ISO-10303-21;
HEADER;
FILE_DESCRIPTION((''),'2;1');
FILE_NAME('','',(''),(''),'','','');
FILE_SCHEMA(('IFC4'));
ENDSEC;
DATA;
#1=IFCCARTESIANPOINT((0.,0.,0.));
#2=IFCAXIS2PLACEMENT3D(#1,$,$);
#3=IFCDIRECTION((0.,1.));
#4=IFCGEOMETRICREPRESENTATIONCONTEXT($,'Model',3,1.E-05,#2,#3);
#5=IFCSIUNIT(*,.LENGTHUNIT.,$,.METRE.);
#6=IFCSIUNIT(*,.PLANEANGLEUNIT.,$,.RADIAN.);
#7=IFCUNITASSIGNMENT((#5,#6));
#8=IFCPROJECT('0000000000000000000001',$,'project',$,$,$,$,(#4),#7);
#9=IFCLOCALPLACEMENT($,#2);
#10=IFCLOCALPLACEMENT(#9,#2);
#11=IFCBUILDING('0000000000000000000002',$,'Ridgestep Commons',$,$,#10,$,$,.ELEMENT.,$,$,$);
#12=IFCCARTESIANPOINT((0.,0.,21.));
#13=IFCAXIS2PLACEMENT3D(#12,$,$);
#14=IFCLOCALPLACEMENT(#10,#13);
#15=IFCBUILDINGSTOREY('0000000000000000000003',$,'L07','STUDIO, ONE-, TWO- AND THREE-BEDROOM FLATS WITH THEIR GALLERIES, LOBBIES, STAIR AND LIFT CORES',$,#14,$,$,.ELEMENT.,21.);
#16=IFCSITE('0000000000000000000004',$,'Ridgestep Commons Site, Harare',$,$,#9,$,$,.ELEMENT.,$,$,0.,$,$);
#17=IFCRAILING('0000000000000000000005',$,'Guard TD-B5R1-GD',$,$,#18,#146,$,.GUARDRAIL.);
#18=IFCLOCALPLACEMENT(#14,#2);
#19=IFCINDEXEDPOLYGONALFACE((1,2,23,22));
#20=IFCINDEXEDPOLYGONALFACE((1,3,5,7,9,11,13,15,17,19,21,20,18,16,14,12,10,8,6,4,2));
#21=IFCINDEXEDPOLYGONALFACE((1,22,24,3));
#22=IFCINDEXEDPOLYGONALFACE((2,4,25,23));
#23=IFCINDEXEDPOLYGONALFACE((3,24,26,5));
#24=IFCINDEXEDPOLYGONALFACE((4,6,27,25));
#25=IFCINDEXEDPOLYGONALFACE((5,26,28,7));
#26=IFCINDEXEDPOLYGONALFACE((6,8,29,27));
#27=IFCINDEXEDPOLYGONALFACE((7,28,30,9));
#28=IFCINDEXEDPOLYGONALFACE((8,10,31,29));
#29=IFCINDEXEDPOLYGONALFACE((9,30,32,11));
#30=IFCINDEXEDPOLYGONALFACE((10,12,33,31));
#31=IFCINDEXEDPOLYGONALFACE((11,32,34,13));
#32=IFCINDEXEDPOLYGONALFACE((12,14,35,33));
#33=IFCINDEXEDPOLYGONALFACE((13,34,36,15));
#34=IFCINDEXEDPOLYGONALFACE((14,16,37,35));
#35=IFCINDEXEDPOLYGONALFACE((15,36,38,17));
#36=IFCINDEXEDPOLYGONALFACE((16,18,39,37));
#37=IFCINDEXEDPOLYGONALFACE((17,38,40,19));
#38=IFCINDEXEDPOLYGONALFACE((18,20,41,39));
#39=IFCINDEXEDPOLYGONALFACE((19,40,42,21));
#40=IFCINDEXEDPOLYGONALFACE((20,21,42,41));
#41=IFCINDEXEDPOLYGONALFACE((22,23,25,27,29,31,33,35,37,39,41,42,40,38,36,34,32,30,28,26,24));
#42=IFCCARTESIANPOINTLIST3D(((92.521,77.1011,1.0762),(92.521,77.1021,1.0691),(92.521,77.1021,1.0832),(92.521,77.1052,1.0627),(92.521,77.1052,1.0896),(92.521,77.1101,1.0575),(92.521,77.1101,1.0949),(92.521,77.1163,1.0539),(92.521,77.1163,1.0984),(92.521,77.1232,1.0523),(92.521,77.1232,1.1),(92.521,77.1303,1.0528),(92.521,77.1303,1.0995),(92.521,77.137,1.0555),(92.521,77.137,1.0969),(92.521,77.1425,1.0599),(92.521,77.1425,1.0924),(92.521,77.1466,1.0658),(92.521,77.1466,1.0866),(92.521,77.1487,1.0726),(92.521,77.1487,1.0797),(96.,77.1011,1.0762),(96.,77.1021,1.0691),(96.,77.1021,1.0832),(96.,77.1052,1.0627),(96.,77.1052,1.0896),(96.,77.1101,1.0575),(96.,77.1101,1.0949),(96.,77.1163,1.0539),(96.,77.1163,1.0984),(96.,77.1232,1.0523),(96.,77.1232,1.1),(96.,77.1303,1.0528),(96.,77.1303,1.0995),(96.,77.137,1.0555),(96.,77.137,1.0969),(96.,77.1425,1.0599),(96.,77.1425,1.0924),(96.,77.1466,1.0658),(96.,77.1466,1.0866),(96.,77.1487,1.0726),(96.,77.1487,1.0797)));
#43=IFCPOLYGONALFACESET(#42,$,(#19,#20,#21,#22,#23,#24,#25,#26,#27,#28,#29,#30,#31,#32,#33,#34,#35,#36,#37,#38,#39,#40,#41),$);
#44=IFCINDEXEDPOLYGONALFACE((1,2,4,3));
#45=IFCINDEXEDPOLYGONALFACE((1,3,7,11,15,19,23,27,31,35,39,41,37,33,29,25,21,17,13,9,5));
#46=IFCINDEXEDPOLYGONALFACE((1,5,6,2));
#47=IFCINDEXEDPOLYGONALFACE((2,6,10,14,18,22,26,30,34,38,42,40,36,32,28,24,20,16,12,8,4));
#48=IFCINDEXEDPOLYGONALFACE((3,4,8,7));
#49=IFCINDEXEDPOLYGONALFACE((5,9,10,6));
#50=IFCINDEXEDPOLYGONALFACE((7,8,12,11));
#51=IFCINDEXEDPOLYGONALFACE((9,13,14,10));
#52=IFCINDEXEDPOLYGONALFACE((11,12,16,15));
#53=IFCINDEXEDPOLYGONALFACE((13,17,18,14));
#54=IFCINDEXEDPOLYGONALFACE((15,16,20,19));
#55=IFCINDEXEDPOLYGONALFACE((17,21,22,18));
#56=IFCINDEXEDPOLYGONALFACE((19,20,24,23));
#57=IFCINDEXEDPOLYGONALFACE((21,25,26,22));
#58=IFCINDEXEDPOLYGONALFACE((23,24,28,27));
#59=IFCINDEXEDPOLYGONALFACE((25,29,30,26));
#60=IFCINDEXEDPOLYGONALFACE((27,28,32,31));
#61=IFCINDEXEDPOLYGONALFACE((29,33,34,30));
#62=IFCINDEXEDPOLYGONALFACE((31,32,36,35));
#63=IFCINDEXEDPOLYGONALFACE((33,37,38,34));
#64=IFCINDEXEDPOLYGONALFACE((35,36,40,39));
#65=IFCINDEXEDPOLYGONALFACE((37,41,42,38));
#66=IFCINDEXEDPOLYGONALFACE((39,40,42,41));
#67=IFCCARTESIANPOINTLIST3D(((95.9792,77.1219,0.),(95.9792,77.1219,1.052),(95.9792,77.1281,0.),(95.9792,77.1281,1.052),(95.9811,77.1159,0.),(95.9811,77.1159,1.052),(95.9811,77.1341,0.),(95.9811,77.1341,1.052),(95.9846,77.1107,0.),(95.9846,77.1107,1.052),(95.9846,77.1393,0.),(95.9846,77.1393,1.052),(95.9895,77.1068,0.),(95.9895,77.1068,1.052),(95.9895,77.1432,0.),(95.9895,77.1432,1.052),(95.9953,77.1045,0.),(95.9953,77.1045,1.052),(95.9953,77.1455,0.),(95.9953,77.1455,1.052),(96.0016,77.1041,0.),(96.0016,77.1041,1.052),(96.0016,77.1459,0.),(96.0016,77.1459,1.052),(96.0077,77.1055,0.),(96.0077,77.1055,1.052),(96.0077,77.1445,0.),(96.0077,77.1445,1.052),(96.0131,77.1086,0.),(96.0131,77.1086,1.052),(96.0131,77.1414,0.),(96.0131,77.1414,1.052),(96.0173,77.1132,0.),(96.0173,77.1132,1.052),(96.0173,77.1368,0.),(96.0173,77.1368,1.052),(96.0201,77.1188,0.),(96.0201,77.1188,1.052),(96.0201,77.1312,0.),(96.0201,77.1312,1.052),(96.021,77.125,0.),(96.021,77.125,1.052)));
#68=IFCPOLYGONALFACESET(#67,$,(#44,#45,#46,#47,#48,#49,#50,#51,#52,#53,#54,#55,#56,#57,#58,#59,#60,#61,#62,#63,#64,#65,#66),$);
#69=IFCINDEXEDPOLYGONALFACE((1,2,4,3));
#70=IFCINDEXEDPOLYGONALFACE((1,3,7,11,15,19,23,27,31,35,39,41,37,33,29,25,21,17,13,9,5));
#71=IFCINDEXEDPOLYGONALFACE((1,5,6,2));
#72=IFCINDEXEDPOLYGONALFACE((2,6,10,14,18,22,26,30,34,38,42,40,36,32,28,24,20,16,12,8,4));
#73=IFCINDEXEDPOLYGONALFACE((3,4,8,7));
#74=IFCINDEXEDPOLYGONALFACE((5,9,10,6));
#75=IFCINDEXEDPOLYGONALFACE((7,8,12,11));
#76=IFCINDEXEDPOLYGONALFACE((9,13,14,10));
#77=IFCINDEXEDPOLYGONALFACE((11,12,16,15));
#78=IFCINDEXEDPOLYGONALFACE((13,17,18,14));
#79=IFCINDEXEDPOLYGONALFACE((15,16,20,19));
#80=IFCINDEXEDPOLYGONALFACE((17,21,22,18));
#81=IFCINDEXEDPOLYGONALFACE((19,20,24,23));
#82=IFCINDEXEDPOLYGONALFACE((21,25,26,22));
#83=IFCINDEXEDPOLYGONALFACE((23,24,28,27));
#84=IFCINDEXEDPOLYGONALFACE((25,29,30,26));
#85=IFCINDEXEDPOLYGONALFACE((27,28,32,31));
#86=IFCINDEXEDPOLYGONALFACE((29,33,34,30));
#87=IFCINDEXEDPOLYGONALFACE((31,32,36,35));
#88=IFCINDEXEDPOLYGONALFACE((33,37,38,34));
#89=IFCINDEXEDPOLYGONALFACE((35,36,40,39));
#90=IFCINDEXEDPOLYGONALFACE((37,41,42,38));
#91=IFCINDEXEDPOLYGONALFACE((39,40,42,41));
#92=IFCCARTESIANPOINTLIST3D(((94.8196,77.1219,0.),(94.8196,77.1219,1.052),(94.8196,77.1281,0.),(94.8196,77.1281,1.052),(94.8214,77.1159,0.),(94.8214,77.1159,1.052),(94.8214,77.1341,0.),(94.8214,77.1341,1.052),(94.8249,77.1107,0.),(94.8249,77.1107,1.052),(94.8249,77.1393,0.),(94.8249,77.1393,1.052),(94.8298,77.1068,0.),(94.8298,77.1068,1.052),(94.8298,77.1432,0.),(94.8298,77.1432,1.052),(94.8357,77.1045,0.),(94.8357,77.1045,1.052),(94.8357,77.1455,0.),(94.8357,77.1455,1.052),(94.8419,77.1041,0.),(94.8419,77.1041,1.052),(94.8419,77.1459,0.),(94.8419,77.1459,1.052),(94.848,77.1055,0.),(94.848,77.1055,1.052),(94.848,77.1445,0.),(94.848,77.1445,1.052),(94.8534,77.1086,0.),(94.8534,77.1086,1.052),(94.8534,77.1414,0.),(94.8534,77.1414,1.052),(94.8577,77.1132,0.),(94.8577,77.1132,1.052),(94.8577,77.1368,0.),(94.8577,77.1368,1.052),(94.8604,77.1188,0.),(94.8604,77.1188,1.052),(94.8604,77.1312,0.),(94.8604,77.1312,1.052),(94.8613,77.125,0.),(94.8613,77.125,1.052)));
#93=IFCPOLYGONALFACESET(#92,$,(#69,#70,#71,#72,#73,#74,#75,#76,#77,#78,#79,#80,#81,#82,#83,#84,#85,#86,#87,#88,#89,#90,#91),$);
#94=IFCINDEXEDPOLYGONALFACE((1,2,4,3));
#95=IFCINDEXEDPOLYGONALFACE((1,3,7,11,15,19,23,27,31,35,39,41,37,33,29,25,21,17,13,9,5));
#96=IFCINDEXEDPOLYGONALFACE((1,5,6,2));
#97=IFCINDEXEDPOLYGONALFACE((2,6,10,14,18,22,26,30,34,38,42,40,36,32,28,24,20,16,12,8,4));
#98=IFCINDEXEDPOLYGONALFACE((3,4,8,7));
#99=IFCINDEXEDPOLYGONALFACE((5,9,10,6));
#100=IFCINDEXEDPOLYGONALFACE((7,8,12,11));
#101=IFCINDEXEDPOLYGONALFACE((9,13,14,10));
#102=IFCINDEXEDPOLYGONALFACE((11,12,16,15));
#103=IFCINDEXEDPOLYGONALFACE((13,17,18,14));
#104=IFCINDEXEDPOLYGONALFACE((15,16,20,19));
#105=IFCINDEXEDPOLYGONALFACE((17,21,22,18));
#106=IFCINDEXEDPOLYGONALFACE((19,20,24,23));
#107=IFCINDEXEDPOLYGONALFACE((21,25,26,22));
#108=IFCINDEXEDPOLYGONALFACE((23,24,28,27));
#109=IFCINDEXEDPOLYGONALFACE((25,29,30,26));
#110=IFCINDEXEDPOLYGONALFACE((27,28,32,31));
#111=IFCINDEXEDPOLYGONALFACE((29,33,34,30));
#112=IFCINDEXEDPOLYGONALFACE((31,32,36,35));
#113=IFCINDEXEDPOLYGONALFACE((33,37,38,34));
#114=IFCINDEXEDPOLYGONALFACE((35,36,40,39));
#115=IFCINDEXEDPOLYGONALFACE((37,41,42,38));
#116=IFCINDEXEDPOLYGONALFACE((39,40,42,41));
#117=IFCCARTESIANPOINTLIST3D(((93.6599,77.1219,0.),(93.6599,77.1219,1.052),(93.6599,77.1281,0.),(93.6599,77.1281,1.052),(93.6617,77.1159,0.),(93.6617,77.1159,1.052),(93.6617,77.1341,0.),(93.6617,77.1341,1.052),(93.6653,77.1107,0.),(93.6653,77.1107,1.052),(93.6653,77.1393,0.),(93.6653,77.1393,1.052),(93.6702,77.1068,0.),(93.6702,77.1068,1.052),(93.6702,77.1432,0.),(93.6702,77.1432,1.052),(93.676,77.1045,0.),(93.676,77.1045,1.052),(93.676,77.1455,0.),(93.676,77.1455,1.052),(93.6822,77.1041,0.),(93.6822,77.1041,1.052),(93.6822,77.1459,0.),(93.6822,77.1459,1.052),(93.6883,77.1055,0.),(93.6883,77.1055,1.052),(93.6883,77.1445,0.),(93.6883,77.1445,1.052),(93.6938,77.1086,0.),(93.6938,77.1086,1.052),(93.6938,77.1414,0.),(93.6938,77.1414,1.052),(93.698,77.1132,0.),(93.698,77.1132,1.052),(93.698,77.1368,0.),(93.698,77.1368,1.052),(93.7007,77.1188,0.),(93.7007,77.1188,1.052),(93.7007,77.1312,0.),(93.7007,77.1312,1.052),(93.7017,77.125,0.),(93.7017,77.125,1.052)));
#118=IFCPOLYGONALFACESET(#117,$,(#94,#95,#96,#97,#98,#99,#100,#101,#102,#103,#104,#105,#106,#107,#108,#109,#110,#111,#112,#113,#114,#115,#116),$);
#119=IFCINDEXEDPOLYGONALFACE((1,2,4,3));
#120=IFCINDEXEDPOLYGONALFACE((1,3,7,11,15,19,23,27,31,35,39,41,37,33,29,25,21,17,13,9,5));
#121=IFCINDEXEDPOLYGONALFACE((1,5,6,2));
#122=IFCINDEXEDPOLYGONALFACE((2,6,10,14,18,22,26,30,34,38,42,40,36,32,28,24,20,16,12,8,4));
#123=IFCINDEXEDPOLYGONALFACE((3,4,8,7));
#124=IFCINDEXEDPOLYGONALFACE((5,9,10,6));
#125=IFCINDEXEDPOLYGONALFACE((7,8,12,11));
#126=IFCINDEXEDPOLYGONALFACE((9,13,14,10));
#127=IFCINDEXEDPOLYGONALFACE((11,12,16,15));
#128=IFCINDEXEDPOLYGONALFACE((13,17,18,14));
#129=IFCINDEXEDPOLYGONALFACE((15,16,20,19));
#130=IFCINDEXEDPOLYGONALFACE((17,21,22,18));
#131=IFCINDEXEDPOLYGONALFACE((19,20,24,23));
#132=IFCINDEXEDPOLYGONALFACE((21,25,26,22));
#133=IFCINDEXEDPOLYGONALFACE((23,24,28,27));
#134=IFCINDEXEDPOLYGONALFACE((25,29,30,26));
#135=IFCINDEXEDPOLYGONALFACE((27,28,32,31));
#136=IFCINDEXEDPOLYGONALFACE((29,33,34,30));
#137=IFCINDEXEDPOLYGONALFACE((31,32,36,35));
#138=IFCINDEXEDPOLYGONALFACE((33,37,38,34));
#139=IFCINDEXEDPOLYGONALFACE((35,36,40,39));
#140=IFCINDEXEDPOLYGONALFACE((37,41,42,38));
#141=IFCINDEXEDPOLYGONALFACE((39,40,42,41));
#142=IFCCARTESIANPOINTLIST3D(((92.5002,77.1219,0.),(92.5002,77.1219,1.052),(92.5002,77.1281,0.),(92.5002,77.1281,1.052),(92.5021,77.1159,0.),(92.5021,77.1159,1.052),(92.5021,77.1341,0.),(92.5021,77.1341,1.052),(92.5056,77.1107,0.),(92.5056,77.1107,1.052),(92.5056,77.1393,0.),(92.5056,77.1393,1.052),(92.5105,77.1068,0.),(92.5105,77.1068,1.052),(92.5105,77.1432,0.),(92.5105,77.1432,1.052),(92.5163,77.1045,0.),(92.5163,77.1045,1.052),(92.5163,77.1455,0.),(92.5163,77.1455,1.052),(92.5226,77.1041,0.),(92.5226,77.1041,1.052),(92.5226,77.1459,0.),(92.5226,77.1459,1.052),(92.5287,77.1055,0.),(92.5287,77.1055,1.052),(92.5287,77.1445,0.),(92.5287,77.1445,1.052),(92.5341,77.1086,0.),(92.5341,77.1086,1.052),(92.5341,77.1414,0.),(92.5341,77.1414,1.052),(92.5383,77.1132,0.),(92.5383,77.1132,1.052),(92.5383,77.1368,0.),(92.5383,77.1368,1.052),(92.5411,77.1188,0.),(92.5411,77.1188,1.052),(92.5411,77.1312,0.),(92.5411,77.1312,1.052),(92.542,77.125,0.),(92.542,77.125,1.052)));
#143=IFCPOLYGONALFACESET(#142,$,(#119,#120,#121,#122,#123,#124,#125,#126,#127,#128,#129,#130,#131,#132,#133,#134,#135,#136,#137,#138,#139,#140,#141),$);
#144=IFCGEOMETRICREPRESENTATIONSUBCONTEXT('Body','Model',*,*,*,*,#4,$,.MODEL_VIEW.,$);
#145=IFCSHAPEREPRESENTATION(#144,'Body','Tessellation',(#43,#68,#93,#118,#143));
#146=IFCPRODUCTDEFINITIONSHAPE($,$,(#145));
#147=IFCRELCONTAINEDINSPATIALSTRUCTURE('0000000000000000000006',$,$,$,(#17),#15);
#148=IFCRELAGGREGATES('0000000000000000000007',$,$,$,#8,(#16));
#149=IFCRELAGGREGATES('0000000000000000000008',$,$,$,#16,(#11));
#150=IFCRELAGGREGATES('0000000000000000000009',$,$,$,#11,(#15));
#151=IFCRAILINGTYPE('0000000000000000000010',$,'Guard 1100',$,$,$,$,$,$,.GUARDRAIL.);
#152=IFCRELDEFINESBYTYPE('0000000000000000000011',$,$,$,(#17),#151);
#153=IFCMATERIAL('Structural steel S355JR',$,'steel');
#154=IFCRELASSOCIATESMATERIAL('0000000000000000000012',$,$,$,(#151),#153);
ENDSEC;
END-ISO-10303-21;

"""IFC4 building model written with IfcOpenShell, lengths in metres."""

from ifc_helpers import new_model, si_unit, direction, frame, origin, origin_2d, place, context, subcontext, project, spatial, circle, extrude, material, type_object, element, save


model = new_model("IFC4")

# Units and contexts
model_context = context("Model", 3, precision=1e-05, world=origin(), true_north=direction((0.0, 1.0)))
body_context = subcontext(model_context, "Body", "Model", "MODEL_VIEW")
ifc_project = project(units=[si_unit("LENGTHUNIT", "METRE"), si_unit("PLANEANGLEUNIT", "RADIAN")], contexts=[model_context])

# Site, building, storey
site_placement = place(None, origin())
site = spatial("IfcSite", under=ifc_project, at=site_placement, Name="Ridgestep Commons Site, Harare", CompositionType="ELEMENT", RefElevation=0.0)
building_placement = place(site_placement, origin())
building = spatial("IfcBuilding", under=site, at=building_placement, Name="Ridgestep Commons", CompositionType="ELEMENT")
storey_placement = place(building_placement, frame((0.0, 0.0, 21.0)))
storey = spatial("IfcBuildingStorey", under=building, at=storey_placement, Name="L07", Description="STUDIO, ONE-, TWO- AND THREE-BEDROOM FLATS WITH THEIR GALLERIES, LOBBIES, STAIR AND LIFT CORES", CompositionType="ELEMENT", Elevation=21.0)

# Railing
ifc_material_1 = material(Name="Structural steel S355JR", Category="steel")
railing_type_1 = type_object("IfcRailingType", Name="Guard 1100", PredefinedType="GUARDRAIL", material=ifc_material_1)
railing_1_placement = place(storey_placement, frame((96.0, 77.125, 0.0)))
element("IfcRailing", 1, at=railing_1_placement, inside=storey, type_object=railing_type_1, Name="Guard TD-B5R1-GD", PredefinedType="GUARDRAIL", context=body_context, shape_type="SweptSolid", body=[
    extrude(circle(Radius=0.0239, at=origin_2d()), frame((0.0, 0.0, 1.0762), z_axis=(-1.0, 0.0, 0.0), x_axis=(0.0, -1.0, 0.0)), (0.0, 0.0, 1.0), 3.479),
    extrude(circle(Radius=0.021, at=origin_2d()), origin(), (0.0, 0.0, 1.0), 1.052),
    extrude(circle(Radius=0.021, at=origin_2d()), frame((-1.1597, 0.0, 0.0)), (0.0, 0.0, 1.0), 1.052),
    extrude(circle(Radius=0.021, at=origin_2d()), frame((-2.3193, 0.0, 0.0)), (0.0, 0.0, 1.0), 1.052),
    extrude(circle(Radius=0.021, at=origin_2d()), frame((-3.479, 0.0, 0.0)), (0.0, 0.0, 1.0), 1.052),
])

save(model, "model.ifc")
